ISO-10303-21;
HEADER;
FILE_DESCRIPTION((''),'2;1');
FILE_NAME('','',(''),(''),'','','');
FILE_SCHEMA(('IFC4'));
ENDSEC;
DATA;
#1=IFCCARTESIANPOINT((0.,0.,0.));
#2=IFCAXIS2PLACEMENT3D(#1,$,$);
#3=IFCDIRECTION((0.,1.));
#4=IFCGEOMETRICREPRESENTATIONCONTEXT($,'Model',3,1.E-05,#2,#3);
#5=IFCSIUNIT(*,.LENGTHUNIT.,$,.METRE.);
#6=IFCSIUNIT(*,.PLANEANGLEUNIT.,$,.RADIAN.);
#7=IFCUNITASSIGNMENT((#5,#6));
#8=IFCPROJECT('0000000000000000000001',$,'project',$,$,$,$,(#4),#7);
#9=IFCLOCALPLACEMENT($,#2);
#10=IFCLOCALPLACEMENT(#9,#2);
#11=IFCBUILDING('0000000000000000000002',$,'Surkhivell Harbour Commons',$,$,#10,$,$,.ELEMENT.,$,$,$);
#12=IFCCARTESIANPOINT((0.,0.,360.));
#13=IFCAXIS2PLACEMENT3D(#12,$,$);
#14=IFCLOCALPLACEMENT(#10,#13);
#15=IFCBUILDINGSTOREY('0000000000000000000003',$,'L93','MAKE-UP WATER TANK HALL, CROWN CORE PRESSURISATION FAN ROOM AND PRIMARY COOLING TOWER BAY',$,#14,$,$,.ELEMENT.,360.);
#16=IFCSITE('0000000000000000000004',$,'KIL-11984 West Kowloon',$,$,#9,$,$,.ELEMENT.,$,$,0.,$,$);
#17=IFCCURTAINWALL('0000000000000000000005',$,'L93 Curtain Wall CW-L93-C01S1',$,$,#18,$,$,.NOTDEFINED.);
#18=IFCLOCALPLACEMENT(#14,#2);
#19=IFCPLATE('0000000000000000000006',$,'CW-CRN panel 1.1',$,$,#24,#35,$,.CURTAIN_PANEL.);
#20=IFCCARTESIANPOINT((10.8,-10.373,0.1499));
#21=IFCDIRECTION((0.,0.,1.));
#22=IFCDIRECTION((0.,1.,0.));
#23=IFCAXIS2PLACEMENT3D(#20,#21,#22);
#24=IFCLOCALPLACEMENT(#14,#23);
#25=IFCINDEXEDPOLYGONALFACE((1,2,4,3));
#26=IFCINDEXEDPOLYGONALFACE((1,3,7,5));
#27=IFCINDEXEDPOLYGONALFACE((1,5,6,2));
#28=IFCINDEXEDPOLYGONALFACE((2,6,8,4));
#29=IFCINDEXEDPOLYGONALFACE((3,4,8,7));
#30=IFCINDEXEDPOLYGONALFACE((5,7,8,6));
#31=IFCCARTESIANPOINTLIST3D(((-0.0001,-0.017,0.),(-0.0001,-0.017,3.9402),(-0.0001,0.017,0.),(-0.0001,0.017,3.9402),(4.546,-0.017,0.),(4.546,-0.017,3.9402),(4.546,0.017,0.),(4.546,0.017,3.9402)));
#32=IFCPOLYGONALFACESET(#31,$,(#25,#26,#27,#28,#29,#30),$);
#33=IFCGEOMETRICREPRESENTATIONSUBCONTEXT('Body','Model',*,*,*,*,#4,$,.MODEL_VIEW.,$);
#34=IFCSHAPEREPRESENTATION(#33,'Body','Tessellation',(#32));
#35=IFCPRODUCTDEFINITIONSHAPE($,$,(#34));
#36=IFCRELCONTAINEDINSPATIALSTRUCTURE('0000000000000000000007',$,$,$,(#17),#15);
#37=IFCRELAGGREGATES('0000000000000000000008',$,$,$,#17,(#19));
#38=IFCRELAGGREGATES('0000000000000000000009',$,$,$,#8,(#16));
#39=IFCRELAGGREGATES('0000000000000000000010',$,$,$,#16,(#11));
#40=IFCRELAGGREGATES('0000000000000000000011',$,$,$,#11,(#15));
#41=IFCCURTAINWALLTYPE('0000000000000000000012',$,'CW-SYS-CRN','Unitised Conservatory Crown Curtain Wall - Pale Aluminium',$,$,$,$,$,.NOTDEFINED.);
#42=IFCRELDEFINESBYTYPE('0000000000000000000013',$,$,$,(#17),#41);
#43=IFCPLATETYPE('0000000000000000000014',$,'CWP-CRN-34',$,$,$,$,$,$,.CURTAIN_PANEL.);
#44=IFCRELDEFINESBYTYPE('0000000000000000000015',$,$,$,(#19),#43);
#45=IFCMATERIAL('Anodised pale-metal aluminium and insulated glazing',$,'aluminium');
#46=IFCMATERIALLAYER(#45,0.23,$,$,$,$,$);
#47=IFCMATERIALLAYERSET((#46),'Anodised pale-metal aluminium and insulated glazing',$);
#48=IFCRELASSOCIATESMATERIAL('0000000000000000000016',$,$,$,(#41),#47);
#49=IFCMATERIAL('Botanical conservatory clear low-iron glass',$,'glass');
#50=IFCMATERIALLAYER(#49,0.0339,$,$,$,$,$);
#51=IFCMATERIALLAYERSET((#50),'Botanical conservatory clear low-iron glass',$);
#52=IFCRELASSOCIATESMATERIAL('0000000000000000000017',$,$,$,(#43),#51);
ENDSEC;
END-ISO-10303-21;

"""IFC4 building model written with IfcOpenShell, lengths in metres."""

from ifc_helpers import new_model, si_unit, direction, frame, frame_2d, origin, place, context, subcontext, project, spatial, rectangle, extrude, material, layer, layer_set, type_object, element, aggregate, save


model = new_model("IFC4")

# Units and contexts
model_context = context("Model", 3, precision=1e-05, world=origin(), true_north=direction((0.0, 1.0)))
body_context = subcontext(model_context, "Body", "Model", "MODEL_VIEW")
ifc_project = project(units=[si_unit("LENGTHUNIT", "METRE"), si_unit("PLANEANGLEUNIT", "RADIAN")], contexts=[model_context])

# Site, building, storey
site_placement = place(None, origin())
site = spatial("IfcSite", under=ifc_project, at=site_placement, Name="KIL-11984 West Kowloon", CompositionType="ELEMENT", RefElevation=0.0)
building_placement = place(site_placement, origin())
building = spatial("IfcBuilding", under=site, at=building_placement, Name="Surkhivell Harbour Commons", CompositionType="ELEMENT")
storey_placement = place(building_placement, frame((0.0, 0.0, 360.0)))
storey = spatial("IfcBuildingStorey", under=building, at=storey_placement, Name="L93", Description="MAKE-UP WATER TANK HALL, CROWN CORE PRESSURISATION FAN ROOM AND PRIMARY COOLING TOWER BAY", CompositionType="ELEMENT", Elevation=360.0)

# Curtain wall
ifc_material_1 = material(Name="Anodised pale-metal aluminium and insulated glazing", Category="aluminium")
ifc_layer_1 = layer(ifc_material_1, 0.23)
ifc_layer_set_1 = layer_set([ifc_layer_1], Name="Anodised pale-metal aluminium and insulated glazing")
curtain_wall_type = type_object("IfcCurtainWallType", Name="CW-SYS-CRN", Description="Unitised Conservatory Crown Curtain Wall - Pale Aluminium", PredefinedType="NOTDEFINED", material=ifc_layer_set_1)
curtain_wall_1_placement = place(storey_placement, origin())
curtain_wall_1 = element("IfcCurtainWall", 1, at=curtain_wall_1_placement, inside=storey, type_object=curtain_wall_type, Name="L93 Curtain Wall CW-L93-C01S1", PredefinedType="NOTDEFINED")

# Plate
ifc_material_2 = material(Name="Botanical conservatory clear low-iron glass", Category="glass")
ifc_layer_2 = layer(ifc_material_2, 0.0339)
ifc_layer_set_2 = layer_set([ifc_layer_2], Name="Botanical conservatory clear low-iron glass")
plate_type = type_object("IfcPlateType", Name="CWP-CRN-34", PredefinedType="CURTAIN_PANEL", material=ifc_layer_set_2)
plate_1_placement = place(storey_placement, frame((10.8, -10.373, 0.1499), z_axis=(0.0, 0.0, 1.0), x_axis=(0.0, 1.0, 0.0)))
plate_1 = element("IfcPlate", 2, at=plate_1_placement, type_object=plate_type, Name="CW-CRN panel 1.1", PredefinedType="CURTAIN_PANEL", context=body_context, shape_type="SweptSolid", body=[
    extrude(rectangle(XDim=4.5461, YDim=0.0339, at=frame_2d((2.2729, 0.0))), origin(), (0.0, 0.0, 1.0), 3.9402),
])
aggregate(curtain_wall_1, [plate_1])

save(model, "model.ifc")
